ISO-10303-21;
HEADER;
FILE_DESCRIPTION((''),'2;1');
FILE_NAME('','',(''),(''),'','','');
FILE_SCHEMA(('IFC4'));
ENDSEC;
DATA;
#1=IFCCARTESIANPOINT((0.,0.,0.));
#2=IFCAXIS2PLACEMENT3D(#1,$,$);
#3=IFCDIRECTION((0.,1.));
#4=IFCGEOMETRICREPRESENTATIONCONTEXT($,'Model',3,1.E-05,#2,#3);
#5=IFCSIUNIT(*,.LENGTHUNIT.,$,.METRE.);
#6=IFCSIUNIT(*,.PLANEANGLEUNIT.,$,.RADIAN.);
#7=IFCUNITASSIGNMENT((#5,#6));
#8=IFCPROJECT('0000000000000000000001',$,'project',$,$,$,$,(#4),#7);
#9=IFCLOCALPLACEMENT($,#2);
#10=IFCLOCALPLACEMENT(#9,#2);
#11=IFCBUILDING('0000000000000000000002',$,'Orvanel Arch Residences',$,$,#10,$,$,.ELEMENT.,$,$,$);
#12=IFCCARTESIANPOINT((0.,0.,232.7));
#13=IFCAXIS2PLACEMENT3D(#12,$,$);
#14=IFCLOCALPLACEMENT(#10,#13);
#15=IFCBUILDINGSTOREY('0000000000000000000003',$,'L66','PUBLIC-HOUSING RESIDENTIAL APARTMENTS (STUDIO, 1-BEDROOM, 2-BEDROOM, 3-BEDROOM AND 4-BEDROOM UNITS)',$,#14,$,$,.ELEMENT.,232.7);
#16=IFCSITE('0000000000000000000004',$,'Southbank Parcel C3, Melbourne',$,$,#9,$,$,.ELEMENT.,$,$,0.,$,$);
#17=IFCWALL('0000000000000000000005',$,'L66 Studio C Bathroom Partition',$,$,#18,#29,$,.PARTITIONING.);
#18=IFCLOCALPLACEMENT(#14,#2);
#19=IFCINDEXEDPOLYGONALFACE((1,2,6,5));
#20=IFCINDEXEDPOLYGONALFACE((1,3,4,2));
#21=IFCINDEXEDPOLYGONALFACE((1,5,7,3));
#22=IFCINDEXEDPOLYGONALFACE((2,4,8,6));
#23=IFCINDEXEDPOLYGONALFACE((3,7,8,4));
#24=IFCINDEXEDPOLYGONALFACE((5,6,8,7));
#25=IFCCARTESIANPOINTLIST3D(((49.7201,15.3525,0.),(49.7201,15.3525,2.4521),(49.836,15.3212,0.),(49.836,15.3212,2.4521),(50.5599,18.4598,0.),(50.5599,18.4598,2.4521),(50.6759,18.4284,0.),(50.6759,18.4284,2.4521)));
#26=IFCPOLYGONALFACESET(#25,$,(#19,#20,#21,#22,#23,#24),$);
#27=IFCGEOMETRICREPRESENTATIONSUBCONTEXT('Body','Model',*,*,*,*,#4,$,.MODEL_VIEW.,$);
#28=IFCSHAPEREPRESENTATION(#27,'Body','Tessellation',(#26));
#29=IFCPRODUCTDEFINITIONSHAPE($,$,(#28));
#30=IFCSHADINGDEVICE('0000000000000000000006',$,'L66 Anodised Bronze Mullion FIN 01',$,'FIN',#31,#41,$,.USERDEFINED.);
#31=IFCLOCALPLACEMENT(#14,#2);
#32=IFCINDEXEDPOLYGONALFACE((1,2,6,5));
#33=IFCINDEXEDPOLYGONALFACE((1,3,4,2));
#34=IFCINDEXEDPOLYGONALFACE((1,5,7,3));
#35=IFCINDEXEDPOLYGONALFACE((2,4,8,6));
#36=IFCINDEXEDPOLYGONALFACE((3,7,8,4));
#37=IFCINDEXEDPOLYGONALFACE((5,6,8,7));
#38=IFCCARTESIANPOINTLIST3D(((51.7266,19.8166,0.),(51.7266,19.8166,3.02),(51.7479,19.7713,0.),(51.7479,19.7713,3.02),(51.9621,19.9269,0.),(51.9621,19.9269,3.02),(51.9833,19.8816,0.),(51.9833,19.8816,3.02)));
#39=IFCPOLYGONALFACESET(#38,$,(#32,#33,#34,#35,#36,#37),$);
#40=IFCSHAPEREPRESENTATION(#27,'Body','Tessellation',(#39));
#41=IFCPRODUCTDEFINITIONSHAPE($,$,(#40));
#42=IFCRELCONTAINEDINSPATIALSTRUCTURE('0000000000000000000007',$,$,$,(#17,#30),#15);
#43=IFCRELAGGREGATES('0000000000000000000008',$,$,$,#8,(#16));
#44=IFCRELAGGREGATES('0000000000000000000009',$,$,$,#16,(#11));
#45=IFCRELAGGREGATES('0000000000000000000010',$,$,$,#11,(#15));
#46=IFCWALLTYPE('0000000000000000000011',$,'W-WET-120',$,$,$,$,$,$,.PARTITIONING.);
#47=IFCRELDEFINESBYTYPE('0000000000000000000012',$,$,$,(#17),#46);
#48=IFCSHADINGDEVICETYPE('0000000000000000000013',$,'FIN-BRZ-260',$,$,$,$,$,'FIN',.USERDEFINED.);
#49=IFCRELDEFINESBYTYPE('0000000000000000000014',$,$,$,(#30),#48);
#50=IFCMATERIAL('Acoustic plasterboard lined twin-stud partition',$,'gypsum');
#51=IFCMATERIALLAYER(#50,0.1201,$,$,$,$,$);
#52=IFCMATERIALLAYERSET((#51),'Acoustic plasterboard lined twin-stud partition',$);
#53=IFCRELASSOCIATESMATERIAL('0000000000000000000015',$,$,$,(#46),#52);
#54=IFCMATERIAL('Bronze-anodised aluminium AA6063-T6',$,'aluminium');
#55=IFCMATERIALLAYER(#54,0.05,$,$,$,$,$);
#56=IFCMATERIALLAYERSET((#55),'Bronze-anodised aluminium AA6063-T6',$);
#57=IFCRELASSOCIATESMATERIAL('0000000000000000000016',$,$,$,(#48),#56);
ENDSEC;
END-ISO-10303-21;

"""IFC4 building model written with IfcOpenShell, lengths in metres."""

from ifc_helpers import new_model, si_unit, direction, frame, frame_2d, origin, origin_2d, place, context, subcontext, project, spatial, rectangle, extrude, material, layer, layer_set, type_object, element, save


model = new_model("IFC4")

# Units and contexts
model_context = context("Model", 3, precision=1e-05, world=origin(), true_north=direction((0.0, 1.0)))
body_context = subcontext(model_context, "Body", "Model", "MODEL_VIEW")
ifc_project = project(units=[si_unit("LENGTHUNIT", "METRE"), si_unit("PLANEANGLEUNIT", "RADIAN")], contexts=[model_context])

# Site, building, storey
site_placement = place(None, origin())
site = spatial("IfcSite", under=ifc_project, at=site_placement, Name="Southbank Parcel C3, Melbourne", CompositionType="ELEMENT", RefElevation=0.0)
building_placement = place(site_placement, origin())
building = spatial("IfcBuilding", under=site, at=building_placement, Name="Orvanel Arch Residences", CompositionType="ELEMENT")
storey_placement = place(building_placement, frame((0.0, 0.0, 232.7)))
storey = spatial("IfcBuildingStorey", under=building, at=storey_placement, Name="L66", Description="PUBLIC-HOUSING RESIDENTIAL APARTMENTS (STUDIO, 1-BEDROOM, 2-BEDROOM, 3-BEDROOM AND 4-BEDROOM UNITS)", CompositionType="ELEMENT", Elevation=232.7)

# Shared definitions
ifc_material_1 = material(Name="Bronze-anodised aluminium AA6063-T6", Category="aluminium")

# Shared definitions
ifc_material_2 = material(Name="Acoustic plasterboard lined twin-stud partition", Category="gypsum")
ifc_layer_1 = layer(ifc_material_2, 0.1201)
ifc_layer_set_1 = layer_set([ifc_layer_1], Name="Acoustic plasterboard lined twin-stud partition")
wall_type_1 = type_object("IfcWallType", Name="W-WET-120", PredefinedType="PARTITIONING", material=ifc_layer_set_1)

# Wall
wall_1_placement = place(storey_placement, frame((50.6179, 18.4441, 0.0), z_axis=(0.0, 0.0, 1.0), x_axis=(-0.260928, -0.965358, 0.0)))
element("IfcWall", 1, at=wall_1_placement, inside=storey, type_object=wall_type_1, Name="L66 Studio C Bathroom Partition", PredefinedType="PARTITIONING", context=body_context, shape_type="SweptSolid", body=[
    extrude(rectangle(XDim=3.2188, YDim=0.1201, at=frame_2d((1.6094, 0.0))), origin(), (0.0, 0.0, 1.0), 2.4521),
])

# Shading device
ifc_layer_2 = layer(ifc_material_1, 0.05)
ifc_layer_set_2 = layer_set([ifc_layer_2], Name="Bronze-anodised aluminium AA6063-T6")
shading_device_type = type_object("IfcShadingDeviceType", Name="FIN-BRZ-260", ElementType="FIN", PredefinedType="USERDEFINED", material=ifc_layer_set_2)
shading_device_placement = place(storey_placement, frame((51.855, 19.8491, 0.0), z_axis=(0.0, 0.0, 1.0), x_axis=(0.905569, 0.424199, 0.0)))
element("IfcShadingDevice", 2, at=shading_device_placement, inside=storey, type_object=shading_device_type, Name="L66 Anodised Bronze Mullion FIN 01", ObjectType="FIN", PredefinedType="USERDEFINED", context=body_context, shape_type="SweptSolid", body=[
    extrude(rectangle(XDim=0.26, YDim=0.05, at=origin_2d()), origin(), (0.0, 0.0, 1.0), 3.02),
])

save(model, "model.ifc")
